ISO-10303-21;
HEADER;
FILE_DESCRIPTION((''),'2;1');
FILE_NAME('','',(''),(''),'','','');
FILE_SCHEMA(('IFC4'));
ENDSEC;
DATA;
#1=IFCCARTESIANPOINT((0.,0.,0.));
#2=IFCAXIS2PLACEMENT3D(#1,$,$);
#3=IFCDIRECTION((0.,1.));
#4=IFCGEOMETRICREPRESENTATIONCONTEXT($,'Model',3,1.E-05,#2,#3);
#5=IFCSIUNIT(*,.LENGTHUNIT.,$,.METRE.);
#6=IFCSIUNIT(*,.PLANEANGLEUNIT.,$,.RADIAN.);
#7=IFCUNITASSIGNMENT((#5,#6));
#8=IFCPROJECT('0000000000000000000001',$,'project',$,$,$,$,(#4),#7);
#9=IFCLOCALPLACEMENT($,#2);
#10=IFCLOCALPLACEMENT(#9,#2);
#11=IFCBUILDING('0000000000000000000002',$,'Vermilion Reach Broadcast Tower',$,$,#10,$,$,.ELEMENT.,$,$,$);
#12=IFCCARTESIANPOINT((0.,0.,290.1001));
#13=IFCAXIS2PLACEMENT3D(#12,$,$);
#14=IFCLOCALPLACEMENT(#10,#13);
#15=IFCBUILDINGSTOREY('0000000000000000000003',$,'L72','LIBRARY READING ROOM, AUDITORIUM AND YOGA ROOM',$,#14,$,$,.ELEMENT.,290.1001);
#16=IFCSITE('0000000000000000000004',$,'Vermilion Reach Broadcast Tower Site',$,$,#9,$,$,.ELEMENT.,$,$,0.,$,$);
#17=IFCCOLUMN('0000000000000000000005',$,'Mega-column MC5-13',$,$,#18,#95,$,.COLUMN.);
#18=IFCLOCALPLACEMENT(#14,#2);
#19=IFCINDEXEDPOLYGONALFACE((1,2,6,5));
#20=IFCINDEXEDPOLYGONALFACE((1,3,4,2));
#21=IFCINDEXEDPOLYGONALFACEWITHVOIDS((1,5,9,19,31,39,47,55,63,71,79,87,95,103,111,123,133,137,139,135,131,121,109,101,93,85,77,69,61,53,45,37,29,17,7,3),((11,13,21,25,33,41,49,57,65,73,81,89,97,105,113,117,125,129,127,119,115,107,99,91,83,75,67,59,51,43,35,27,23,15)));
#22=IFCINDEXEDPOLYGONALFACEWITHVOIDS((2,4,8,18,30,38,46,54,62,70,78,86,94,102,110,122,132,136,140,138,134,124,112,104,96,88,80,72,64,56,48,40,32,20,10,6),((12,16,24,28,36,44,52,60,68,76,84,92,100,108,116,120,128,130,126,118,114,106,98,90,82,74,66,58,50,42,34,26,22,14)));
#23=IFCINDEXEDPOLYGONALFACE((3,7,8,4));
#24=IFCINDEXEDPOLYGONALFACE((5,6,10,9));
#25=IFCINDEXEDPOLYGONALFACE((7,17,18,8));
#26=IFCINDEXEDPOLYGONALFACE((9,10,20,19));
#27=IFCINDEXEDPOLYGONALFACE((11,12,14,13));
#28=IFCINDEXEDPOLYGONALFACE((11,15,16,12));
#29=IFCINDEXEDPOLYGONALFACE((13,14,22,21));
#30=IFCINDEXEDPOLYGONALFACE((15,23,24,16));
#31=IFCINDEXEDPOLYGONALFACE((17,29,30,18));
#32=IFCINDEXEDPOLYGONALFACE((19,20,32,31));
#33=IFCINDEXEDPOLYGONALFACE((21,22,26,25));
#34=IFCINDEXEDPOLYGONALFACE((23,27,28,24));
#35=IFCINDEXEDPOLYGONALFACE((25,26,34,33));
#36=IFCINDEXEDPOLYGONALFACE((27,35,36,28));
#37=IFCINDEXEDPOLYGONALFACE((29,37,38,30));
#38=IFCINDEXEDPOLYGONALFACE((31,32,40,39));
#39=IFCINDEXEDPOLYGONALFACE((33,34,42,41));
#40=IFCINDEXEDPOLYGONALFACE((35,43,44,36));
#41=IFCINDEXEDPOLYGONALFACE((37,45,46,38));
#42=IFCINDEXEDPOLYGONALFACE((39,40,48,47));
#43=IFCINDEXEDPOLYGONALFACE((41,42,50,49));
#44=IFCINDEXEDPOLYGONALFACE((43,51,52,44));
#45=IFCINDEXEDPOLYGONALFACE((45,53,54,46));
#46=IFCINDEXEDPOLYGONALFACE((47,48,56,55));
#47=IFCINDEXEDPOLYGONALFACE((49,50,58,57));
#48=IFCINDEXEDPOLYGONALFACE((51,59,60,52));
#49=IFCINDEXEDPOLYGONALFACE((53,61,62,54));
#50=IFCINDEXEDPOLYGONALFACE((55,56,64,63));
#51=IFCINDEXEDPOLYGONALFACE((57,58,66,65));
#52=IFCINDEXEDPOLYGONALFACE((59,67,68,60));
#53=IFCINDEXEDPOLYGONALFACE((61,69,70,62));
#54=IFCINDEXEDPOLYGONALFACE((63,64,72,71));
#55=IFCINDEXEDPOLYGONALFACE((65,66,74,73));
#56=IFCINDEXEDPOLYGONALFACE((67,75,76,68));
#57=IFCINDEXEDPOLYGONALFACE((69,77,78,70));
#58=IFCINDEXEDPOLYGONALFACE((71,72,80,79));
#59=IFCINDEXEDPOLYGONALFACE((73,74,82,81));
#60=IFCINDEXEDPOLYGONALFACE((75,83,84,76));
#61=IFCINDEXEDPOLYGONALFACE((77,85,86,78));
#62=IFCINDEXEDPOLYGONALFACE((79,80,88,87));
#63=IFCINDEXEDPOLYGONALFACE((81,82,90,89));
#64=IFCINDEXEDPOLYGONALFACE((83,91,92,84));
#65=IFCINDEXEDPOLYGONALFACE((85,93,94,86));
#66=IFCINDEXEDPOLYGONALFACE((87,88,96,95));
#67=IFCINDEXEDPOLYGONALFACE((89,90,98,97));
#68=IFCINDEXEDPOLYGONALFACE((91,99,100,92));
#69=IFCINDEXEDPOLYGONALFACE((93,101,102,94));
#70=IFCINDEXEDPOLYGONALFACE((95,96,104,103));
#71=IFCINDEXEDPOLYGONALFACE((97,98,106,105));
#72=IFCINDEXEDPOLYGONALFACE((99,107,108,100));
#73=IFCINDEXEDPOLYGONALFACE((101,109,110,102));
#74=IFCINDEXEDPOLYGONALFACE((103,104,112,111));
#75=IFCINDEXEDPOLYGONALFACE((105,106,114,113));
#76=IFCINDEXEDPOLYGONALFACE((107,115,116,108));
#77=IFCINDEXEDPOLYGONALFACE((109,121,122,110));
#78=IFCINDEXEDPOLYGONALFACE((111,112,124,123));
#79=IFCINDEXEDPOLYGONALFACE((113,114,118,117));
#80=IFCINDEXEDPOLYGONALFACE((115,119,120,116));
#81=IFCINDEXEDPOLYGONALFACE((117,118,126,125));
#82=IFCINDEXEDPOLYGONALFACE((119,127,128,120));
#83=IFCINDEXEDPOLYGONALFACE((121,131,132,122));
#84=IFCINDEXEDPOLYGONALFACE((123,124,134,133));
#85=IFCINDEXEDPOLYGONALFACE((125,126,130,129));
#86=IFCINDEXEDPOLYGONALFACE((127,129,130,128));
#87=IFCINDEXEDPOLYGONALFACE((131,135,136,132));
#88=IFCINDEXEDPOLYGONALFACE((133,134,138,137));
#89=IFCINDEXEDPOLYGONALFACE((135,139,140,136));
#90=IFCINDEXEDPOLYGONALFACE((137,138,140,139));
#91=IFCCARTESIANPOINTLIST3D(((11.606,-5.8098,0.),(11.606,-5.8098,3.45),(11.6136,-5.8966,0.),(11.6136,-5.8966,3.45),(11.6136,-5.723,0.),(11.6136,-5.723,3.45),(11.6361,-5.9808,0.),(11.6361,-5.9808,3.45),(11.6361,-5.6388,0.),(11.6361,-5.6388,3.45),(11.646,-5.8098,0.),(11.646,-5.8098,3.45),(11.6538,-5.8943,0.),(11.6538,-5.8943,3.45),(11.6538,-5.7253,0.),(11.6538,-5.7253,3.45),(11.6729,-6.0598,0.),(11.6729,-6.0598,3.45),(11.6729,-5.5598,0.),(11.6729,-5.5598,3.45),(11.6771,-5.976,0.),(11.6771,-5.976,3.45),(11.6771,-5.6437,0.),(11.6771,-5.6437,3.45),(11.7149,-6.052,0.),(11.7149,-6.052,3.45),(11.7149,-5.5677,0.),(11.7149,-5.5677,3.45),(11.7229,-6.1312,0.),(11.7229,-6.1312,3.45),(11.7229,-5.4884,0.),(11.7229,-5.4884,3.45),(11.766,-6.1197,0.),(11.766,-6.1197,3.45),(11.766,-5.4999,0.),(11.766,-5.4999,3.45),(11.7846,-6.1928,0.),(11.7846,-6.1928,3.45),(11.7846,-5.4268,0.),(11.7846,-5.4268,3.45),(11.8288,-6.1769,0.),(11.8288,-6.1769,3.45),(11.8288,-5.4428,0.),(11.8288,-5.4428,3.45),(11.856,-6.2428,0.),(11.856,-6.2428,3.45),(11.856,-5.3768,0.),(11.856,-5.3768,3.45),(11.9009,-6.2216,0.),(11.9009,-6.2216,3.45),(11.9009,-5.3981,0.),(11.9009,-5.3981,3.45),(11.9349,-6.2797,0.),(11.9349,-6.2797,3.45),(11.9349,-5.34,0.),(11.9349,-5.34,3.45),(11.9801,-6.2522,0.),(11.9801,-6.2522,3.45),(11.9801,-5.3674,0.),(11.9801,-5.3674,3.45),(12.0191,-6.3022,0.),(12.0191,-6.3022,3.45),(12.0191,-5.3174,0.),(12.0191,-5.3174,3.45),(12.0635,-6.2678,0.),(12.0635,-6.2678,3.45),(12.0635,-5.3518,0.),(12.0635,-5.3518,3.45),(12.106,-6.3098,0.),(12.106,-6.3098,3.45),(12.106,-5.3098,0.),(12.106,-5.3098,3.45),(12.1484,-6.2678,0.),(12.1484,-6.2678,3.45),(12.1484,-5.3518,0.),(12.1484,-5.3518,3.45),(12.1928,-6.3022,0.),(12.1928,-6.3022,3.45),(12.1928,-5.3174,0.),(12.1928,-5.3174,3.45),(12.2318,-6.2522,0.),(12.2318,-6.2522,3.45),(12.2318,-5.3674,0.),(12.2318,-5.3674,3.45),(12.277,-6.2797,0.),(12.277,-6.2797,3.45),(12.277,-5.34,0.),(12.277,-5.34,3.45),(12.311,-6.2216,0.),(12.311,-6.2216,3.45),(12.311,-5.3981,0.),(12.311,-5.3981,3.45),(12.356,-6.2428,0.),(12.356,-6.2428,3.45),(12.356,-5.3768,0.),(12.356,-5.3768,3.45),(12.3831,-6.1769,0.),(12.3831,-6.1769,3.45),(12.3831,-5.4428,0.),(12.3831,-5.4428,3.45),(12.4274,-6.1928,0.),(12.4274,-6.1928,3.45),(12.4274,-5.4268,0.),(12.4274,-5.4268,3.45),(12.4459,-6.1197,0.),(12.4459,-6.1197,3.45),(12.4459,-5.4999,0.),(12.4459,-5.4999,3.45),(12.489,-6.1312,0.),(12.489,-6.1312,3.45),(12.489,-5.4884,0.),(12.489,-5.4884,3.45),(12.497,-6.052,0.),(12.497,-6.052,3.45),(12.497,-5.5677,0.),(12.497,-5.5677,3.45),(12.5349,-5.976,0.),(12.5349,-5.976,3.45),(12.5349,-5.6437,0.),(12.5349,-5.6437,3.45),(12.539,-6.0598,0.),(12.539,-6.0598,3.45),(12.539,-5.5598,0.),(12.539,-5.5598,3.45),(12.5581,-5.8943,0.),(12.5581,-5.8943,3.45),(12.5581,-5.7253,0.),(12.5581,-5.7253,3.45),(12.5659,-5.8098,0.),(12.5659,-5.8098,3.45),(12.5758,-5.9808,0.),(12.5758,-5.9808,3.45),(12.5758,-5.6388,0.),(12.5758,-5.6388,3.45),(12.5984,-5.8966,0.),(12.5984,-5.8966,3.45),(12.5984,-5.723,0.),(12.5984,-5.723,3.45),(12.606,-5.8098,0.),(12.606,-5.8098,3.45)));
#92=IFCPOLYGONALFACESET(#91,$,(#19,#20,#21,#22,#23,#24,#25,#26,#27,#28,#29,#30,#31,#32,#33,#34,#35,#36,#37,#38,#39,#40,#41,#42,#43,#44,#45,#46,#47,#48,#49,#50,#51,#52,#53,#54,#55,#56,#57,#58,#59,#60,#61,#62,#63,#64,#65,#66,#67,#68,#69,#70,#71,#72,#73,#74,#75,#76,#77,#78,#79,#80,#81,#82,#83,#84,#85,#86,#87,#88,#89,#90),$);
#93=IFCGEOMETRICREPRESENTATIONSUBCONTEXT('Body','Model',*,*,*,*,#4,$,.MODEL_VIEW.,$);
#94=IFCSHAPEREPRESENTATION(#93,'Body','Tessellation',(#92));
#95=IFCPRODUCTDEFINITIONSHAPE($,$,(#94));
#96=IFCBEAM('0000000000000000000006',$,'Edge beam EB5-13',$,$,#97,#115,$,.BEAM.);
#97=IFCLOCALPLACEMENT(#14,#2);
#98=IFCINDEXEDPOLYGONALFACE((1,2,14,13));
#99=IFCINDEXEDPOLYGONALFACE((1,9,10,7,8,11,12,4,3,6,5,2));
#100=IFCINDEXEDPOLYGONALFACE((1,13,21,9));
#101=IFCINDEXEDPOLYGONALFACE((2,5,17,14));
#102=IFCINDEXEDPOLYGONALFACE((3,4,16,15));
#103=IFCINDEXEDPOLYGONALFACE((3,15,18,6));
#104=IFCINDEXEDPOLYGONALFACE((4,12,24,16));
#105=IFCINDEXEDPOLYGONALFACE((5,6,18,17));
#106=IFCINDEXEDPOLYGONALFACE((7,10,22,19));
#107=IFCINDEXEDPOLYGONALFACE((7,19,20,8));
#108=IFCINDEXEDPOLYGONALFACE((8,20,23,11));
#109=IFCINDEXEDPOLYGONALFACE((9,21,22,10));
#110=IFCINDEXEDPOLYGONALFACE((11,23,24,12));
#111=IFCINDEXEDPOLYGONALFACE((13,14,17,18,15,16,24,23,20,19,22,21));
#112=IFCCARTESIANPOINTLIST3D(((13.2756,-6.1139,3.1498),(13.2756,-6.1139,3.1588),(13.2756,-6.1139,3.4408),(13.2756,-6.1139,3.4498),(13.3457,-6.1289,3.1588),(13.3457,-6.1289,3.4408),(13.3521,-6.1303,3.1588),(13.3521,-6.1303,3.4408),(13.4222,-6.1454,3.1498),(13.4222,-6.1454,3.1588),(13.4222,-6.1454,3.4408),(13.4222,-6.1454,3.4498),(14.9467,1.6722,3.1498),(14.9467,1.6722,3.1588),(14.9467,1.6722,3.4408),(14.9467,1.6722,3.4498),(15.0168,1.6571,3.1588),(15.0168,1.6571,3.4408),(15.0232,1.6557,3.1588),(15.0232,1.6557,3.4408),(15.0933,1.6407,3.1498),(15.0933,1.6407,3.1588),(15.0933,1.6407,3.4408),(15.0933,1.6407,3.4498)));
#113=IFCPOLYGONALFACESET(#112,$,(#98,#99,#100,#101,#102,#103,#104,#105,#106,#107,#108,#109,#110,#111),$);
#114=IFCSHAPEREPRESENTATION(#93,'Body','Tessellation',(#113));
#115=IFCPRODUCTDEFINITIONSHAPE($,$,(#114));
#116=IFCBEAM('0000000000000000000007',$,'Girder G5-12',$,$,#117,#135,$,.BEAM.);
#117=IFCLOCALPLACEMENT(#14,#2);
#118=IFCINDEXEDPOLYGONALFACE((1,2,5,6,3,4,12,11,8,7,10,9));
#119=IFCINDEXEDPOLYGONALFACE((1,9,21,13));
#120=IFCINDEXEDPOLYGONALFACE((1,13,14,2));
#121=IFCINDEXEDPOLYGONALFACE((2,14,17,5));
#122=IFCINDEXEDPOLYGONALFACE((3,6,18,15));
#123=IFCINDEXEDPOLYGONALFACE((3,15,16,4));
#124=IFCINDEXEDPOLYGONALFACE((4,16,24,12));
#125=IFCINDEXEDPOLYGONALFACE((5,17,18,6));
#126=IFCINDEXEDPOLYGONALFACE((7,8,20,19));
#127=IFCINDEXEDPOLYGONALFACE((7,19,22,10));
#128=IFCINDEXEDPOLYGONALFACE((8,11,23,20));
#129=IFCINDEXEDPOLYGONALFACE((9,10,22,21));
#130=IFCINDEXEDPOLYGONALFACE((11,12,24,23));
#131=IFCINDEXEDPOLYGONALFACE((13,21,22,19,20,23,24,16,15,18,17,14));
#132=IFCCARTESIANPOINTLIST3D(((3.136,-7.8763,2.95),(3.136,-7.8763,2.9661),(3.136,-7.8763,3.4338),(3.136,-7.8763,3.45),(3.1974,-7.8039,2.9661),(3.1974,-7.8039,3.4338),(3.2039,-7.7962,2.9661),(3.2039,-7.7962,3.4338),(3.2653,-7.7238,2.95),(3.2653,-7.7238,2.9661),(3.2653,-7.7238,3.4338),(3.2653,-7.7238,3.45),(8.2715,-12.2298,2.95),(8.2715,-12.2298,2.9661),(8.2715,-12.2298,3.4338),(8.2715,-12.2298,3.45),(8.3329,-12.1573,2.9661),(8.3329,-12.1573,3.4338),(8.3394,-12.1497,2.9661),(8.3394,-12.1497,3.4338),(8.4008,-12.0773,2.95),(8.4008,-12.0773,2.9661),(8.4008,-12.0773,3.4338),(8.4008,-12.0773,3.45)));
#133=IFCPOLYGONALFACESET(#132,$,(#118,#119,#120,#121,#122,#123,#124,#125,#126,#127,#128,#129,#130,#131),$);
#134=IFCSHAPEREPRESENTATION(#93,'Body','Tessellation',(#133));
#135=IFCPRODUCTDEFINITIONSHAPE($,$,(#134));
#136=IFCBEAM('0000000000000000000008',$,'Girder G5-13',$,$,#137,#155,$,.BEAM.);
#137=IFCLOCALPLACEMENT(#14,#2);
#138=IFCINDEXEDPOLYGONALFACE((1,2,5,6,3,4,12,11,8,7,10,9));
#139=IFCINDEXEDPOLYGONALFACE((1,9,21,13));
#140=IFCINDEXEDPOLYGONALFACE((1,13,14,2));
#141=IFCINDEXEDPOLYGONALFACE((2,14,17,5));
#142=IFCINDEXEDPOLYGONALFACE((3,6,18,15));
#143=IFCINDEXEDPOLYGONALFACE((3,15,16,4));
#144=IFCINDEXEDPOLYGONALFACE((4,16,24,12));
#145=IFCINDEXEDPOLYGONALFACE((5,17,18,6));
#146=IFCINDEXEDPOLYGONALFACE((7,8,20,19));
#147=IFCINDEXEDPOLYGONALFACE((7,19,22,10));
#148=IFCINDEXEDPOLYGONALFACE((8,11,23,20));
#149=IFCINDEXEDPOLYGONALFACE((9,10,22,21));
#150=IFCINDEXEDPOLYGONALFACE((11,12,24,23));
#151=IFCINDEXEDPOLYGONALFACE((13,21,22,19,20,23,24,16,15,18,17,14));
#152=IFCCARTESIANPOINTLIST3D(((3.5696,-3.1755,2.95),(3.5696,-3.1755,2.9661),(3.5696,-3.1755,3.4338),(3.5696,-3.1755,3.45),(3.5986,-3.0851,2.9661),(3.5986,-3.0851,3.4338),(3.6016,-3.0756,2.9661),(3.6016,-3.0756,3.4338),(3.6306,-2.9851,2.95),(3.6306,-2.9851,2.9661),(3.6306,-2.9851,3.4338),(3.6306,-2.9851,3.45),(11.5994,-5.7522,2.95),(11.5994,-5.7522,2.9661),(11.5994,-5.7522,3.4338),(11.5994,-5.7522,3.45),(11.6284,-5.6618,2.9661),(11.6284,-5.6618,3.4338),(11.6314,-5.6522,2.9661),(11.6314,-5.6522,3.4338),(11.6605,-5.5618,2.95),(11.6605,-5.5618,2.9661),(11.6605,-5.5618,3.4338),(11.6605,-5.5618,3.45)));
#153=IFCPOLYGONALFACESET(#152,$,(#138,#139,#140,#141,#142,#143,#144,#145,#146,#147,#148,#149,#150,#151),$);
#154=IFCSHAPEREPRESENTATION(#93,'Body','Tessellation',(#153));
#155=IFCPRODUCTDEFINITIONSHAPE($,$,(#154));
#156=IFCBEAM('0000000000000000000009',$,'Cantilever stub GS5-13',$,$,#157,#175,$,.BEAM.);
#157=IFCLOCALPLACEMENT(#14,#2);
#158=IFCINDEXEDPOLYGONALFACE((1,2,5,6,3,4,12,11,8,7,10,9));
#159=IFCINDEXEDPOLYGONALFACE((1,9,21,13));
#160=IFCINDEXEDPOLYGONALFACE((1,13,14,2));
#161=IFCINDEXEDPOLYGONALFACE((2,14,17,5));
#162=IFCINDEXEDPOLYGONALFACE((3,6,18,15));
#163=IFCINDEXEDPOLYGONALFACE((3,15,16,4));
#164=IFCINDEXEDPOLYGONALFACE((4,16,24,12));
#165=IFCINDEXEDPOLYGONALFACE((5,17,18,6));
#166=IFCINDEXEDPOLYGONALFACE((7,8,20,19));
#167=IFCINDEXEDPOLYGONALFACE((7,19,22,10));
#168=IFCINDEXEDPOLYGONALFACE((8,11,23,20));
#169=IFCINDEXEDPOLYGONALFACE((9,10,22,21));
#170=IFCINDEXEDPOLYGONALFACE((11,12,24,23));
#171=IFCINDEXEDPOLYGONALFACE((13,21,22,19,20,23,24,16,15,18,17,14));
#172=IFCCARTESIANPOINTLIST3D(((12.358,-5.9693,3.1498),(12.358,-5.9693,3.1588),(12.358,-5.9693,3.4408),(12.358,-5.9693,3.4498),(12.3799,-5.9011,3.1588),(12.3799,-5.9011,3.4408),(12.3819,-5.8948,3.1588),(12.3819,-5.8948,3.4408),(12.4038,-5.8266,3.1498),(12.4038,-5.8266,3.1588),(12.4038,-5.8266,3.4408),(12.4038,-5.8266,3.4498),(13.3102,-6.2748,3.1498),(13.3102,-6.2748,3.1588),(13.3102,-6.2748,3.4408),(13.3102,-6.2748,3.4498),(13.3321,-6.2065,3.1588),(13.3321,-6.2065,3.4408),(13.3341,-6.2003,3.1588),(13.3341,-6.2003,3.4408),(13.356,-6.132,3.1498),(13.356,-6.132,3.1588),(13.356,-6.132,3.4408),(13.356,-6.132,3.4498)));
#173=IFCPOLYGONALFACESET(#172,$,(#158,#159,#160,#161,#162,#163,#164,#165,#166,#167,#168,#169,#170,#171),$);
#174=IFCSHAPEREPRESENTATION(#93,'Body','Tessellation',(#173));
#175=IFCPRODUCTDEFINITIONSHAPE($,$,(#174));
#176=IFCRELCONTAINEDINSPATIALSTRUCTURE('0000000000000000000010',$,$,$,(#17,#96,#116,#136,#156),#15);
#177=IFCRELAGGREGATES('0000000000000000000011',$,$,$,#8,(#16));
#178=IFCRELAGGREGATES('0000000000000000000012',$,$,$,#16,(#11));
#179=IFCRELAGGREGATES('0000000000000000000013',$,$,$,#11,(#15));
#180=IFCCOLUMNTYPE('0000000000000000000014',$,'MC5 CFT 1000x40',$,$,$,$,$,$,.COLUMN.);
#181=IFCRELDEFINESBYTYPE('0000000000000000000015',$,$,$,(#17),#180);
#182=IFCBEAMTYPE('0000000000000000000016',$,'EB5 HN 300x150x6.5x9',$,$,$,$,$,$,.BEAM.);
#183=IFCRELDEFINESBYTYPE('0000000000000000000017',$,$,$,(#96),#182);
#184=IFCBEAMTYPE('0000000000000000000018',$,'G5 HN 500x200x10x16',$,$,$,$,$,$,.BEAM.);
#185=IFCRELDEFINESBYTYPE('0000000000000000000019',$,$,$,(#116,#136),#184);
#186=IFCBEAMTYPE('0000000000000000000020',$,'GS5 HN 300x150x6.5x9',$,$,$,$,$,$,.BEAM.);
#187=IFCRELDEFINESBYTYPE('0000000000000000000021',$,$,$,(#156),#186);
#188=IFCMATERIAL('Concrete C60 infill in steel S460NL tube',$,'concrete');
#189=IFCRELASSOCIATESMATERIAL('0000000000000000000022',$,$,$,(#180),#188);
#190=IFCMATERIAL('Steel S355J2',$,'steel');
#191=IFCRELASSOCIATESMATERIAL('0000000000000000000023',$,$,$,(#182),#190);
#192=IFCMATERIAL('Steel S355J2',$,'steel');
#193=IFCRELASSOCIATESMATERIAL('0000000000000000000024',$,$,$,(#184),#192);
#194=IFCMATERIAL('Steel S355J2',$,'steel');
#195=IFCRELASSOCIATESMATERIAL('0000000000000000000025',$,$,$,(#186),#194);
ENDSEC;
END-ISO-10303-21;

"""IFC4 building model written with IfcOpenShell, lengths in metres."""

from ifc_helpers import new_model, si_unit, direction, frame, origin, origin_2d, place, context, subcontext, project, spatial, hollow_circle, i_section, extrude, material, material_profile, profile_set, type_object, element, save


model = new_model("IFC4")

# Units and contexts
model_context = context("Model", 3, precision=1e-05, world=origin(), true_north=direction((0.0, 1.0)))
body_context = subcontext(model_context, "Body", "Model", "MODEL_VIEW")
ifc_project = project(units=[si_unit("LENGTHUNIT", "METRE"), si_unit("PLANEANGLEUNIT", "RADIAN")], contexts=[model_context])

# Site, building, storey
site_placement = place(None, origin())
site = spatial("IfcSite", under=ifc_project, at=site_placement, Name="Vermilion Reach Broadcast Tower Site", CompositionType="ELEMENT", RefElevation=0.0)
building_placement = place(site_placement, origin())
building = spatial("IfcBuilding", under=site, at=building_placement, Name="Vermilion Reach Broadcast Tower", CompositionType="ELEMENT")
storey_placement = place(building_placement, frame((0.0, 0.0, 290.1001)))
storey = spatial("IfcBuildingStorey", under=building, at=storey_placement, Name="L72", Description="LIBRARY READING ROOM, AUDITORIUM AND YOGA ROOM", CompositionType="ELEMENT", Elevation=290.1001)

# Column
ifc_material_1 = material(Name="Concrete C60 infill in steel S460NL tube", Category="concrete")
ifc_material_profile_1 = material_profile(ifc_material_1, hollow_circle(Radius=0.5, WallThickness=0.04, at=origin_2d()), Name="Concrete C60 infill in steel S460NL tube CFT 1000x40")
ifc_profile_set_1 = profile_set([ifc_material_profile_1], Name="Concrete C60 infill in steel S460NL tube")
column_type = type_object("IfcColumnType", Name="MC5 CFT 1000x40", PredefinedType="COLUMN", material=ifc_profile_set_1)
column_placement = place(storey_placement, frame((12.106, -5.8098, 0.0), z_axis=(0.0, 0.0, 1.0), x_axis=(1.0, 0.0, 0.0)))
element("IfcColumn", 1, at=column_placement, inside=storey, type_object=column_type, Name="Mega-column MC5-13", PredefinedType="COLUMN", context=body_context, shape_type="SweptSolid", body=[
    extrude(hollow_circle(Radius=0.5, WallThickness=0.04, at=origin_2d()), origin(), (0.0, 0.0, 1.0), 3.45),
])

# Beams
ifc_material_2 = material(Name="Steel S355J2", Category="steel")
ifc_material_profile_2 = material_profile(ifc_material_2, i_section(OverallWidth=0.1499, OverallDepth=0.3, WebThickness=0.0066, FlangeThickness=0.009, at=origin_2d()), Name="S355J2 HN 300x150x6.5x9")
ifc_profile_set_2 = profile_set([ifc_material_profile_2], Name="Steel S355J2")
beam_type_1 = type_object("IfcBeamType", Name="EB5 HN 300x150x6.5x9", PredefinedType="BEAM", material=ifc_profile_set_2)
beam_1_placement = place(storey_placement, frame((13.3489, -6.1296, 3.2998), z_axis=(0.209852, 0.977733, 0.0), x_axis=(-0.977733, 0.209852, 0.0)))
element("IfcBeam", 2, at=beam_1_placement, inside=storey, type_object=beam_type_1, Name="Edge beam EB5-13", PredefinedType="BEAM", context=body_context, shape_type="SweptSolid", body=[
    extrude(i_section(OverallWidth=0.1499, OverallDepth=0.3, WebThickness=0.0066, FlangeThickness=0.009, at=origin_2d()), origin(), (0.0, 0.0, 1.0), 7.9634),
])
ifc_material_3 = material(Name="Steel S355J2", Category="steel")
ifc_material_profile_3 = material_profile(ifc_material_3, i_section(OverallWidth=0.2, OverallDepth=0.5, WebThickness=0.01, FlangeThickness=0.0161, at=origin_2d()), Name="S355J2 HN 500x200x10x16")
ifc_profile_set_3 = profile_set([ifc_material_profile_3], Name="Steel S355J2")
beam_type_2 = type_object("IfcBeamType", Name="G5 HN 500x200x10x16", PredefinedType="BEAM", material=ifc_profile_set_3)
beam_2_placement = place(storey_placement, frame((3.2007, -7.8, 3.2), z_axis=(0.762793, -0.646643, 0.0), x_axis=(0.646643, 0.762793, 0.0)))
element("IfcBeam", 3, at=beam_2_placement, inside=storey, type_object=beam_type_2, Name="Girder G5-12", PredefinedType="BEAM", context=body_context, shape_type="SweptSolid", body=[
    extrude(i_section(OverallWidth=0.2, OverallDepth=0.5, WebThickness=0.01, FlangeThickness=0.0161, at=origin_2d()), origin(), (0.0, 0.0, 1.0), 6.7324),
])
beam_3_placement = place(storey_placement, frame((3.6001, -3.0803, 3.2), z_axis=(0.952178, -0.305542, 0.0), x_axis=(0.305542, 0.952178, 0.0)))
element("IfcBeam", 4, at=beam_3_placement, inside=storey, type_object=beam_type_2, Name="Girder G5-13", PredefinedType="BEAM", context=body_context, shape_type="SweptSolid", body=[
    extrude(i_section(OverallWidth=0.2, OverallDepth=0.5, WebThickness=0.01, FlangeThickness=0.0161, at=origin_2d()), origin(), (0.0, 0.0, 1.0), 8.4331),
])
ifc_material_4 = material(Name="Steel S355J2", Category="steel")
ifc_material_profile_4 = material_profile(ifc_material_4, i_section(OverallWidth=0.1499, OverallDepth=0.3, WebThickness=0.0066, FlangeThickness=0.009, at=origin_2d()), Name="S355J2 HN 300x150x6.5x9")
ifc_profile_set_4 = profile_set([ifc_material_profile_4], Name="Steel S355J2")
beam_type_3 = type_object("IfcBeamType", Name="GS5 HN 300x150x6.5x9", PredefinedType="BEAM", material=ifc_profile_set_4)
beam_4_placement = place(storey_placement, frame((12.3809, -5.8979, 3.2998), z_axis=(0.952211, -0.30544, 0.0), x_axis=(0.30544, 0.952211, 0.0)))
element("IfcBeam", 5, at=beam_4_placement, inside=storey, type_object=beam_type_3, Name="Cantilever stub GS5-13", PredefinedType="BEAM", context=body_context, shape_type="SweptSolid", body=[
    extrude(i_section(OverallWidth=0.1499, OverallDepth=0.3, WebThickness=0.0066, FlangeThickness=0.009, at=origin_2d()), origin(), (0.0, 0.0, 1.0), 1.0),
])

save(model, "model.ifc")
